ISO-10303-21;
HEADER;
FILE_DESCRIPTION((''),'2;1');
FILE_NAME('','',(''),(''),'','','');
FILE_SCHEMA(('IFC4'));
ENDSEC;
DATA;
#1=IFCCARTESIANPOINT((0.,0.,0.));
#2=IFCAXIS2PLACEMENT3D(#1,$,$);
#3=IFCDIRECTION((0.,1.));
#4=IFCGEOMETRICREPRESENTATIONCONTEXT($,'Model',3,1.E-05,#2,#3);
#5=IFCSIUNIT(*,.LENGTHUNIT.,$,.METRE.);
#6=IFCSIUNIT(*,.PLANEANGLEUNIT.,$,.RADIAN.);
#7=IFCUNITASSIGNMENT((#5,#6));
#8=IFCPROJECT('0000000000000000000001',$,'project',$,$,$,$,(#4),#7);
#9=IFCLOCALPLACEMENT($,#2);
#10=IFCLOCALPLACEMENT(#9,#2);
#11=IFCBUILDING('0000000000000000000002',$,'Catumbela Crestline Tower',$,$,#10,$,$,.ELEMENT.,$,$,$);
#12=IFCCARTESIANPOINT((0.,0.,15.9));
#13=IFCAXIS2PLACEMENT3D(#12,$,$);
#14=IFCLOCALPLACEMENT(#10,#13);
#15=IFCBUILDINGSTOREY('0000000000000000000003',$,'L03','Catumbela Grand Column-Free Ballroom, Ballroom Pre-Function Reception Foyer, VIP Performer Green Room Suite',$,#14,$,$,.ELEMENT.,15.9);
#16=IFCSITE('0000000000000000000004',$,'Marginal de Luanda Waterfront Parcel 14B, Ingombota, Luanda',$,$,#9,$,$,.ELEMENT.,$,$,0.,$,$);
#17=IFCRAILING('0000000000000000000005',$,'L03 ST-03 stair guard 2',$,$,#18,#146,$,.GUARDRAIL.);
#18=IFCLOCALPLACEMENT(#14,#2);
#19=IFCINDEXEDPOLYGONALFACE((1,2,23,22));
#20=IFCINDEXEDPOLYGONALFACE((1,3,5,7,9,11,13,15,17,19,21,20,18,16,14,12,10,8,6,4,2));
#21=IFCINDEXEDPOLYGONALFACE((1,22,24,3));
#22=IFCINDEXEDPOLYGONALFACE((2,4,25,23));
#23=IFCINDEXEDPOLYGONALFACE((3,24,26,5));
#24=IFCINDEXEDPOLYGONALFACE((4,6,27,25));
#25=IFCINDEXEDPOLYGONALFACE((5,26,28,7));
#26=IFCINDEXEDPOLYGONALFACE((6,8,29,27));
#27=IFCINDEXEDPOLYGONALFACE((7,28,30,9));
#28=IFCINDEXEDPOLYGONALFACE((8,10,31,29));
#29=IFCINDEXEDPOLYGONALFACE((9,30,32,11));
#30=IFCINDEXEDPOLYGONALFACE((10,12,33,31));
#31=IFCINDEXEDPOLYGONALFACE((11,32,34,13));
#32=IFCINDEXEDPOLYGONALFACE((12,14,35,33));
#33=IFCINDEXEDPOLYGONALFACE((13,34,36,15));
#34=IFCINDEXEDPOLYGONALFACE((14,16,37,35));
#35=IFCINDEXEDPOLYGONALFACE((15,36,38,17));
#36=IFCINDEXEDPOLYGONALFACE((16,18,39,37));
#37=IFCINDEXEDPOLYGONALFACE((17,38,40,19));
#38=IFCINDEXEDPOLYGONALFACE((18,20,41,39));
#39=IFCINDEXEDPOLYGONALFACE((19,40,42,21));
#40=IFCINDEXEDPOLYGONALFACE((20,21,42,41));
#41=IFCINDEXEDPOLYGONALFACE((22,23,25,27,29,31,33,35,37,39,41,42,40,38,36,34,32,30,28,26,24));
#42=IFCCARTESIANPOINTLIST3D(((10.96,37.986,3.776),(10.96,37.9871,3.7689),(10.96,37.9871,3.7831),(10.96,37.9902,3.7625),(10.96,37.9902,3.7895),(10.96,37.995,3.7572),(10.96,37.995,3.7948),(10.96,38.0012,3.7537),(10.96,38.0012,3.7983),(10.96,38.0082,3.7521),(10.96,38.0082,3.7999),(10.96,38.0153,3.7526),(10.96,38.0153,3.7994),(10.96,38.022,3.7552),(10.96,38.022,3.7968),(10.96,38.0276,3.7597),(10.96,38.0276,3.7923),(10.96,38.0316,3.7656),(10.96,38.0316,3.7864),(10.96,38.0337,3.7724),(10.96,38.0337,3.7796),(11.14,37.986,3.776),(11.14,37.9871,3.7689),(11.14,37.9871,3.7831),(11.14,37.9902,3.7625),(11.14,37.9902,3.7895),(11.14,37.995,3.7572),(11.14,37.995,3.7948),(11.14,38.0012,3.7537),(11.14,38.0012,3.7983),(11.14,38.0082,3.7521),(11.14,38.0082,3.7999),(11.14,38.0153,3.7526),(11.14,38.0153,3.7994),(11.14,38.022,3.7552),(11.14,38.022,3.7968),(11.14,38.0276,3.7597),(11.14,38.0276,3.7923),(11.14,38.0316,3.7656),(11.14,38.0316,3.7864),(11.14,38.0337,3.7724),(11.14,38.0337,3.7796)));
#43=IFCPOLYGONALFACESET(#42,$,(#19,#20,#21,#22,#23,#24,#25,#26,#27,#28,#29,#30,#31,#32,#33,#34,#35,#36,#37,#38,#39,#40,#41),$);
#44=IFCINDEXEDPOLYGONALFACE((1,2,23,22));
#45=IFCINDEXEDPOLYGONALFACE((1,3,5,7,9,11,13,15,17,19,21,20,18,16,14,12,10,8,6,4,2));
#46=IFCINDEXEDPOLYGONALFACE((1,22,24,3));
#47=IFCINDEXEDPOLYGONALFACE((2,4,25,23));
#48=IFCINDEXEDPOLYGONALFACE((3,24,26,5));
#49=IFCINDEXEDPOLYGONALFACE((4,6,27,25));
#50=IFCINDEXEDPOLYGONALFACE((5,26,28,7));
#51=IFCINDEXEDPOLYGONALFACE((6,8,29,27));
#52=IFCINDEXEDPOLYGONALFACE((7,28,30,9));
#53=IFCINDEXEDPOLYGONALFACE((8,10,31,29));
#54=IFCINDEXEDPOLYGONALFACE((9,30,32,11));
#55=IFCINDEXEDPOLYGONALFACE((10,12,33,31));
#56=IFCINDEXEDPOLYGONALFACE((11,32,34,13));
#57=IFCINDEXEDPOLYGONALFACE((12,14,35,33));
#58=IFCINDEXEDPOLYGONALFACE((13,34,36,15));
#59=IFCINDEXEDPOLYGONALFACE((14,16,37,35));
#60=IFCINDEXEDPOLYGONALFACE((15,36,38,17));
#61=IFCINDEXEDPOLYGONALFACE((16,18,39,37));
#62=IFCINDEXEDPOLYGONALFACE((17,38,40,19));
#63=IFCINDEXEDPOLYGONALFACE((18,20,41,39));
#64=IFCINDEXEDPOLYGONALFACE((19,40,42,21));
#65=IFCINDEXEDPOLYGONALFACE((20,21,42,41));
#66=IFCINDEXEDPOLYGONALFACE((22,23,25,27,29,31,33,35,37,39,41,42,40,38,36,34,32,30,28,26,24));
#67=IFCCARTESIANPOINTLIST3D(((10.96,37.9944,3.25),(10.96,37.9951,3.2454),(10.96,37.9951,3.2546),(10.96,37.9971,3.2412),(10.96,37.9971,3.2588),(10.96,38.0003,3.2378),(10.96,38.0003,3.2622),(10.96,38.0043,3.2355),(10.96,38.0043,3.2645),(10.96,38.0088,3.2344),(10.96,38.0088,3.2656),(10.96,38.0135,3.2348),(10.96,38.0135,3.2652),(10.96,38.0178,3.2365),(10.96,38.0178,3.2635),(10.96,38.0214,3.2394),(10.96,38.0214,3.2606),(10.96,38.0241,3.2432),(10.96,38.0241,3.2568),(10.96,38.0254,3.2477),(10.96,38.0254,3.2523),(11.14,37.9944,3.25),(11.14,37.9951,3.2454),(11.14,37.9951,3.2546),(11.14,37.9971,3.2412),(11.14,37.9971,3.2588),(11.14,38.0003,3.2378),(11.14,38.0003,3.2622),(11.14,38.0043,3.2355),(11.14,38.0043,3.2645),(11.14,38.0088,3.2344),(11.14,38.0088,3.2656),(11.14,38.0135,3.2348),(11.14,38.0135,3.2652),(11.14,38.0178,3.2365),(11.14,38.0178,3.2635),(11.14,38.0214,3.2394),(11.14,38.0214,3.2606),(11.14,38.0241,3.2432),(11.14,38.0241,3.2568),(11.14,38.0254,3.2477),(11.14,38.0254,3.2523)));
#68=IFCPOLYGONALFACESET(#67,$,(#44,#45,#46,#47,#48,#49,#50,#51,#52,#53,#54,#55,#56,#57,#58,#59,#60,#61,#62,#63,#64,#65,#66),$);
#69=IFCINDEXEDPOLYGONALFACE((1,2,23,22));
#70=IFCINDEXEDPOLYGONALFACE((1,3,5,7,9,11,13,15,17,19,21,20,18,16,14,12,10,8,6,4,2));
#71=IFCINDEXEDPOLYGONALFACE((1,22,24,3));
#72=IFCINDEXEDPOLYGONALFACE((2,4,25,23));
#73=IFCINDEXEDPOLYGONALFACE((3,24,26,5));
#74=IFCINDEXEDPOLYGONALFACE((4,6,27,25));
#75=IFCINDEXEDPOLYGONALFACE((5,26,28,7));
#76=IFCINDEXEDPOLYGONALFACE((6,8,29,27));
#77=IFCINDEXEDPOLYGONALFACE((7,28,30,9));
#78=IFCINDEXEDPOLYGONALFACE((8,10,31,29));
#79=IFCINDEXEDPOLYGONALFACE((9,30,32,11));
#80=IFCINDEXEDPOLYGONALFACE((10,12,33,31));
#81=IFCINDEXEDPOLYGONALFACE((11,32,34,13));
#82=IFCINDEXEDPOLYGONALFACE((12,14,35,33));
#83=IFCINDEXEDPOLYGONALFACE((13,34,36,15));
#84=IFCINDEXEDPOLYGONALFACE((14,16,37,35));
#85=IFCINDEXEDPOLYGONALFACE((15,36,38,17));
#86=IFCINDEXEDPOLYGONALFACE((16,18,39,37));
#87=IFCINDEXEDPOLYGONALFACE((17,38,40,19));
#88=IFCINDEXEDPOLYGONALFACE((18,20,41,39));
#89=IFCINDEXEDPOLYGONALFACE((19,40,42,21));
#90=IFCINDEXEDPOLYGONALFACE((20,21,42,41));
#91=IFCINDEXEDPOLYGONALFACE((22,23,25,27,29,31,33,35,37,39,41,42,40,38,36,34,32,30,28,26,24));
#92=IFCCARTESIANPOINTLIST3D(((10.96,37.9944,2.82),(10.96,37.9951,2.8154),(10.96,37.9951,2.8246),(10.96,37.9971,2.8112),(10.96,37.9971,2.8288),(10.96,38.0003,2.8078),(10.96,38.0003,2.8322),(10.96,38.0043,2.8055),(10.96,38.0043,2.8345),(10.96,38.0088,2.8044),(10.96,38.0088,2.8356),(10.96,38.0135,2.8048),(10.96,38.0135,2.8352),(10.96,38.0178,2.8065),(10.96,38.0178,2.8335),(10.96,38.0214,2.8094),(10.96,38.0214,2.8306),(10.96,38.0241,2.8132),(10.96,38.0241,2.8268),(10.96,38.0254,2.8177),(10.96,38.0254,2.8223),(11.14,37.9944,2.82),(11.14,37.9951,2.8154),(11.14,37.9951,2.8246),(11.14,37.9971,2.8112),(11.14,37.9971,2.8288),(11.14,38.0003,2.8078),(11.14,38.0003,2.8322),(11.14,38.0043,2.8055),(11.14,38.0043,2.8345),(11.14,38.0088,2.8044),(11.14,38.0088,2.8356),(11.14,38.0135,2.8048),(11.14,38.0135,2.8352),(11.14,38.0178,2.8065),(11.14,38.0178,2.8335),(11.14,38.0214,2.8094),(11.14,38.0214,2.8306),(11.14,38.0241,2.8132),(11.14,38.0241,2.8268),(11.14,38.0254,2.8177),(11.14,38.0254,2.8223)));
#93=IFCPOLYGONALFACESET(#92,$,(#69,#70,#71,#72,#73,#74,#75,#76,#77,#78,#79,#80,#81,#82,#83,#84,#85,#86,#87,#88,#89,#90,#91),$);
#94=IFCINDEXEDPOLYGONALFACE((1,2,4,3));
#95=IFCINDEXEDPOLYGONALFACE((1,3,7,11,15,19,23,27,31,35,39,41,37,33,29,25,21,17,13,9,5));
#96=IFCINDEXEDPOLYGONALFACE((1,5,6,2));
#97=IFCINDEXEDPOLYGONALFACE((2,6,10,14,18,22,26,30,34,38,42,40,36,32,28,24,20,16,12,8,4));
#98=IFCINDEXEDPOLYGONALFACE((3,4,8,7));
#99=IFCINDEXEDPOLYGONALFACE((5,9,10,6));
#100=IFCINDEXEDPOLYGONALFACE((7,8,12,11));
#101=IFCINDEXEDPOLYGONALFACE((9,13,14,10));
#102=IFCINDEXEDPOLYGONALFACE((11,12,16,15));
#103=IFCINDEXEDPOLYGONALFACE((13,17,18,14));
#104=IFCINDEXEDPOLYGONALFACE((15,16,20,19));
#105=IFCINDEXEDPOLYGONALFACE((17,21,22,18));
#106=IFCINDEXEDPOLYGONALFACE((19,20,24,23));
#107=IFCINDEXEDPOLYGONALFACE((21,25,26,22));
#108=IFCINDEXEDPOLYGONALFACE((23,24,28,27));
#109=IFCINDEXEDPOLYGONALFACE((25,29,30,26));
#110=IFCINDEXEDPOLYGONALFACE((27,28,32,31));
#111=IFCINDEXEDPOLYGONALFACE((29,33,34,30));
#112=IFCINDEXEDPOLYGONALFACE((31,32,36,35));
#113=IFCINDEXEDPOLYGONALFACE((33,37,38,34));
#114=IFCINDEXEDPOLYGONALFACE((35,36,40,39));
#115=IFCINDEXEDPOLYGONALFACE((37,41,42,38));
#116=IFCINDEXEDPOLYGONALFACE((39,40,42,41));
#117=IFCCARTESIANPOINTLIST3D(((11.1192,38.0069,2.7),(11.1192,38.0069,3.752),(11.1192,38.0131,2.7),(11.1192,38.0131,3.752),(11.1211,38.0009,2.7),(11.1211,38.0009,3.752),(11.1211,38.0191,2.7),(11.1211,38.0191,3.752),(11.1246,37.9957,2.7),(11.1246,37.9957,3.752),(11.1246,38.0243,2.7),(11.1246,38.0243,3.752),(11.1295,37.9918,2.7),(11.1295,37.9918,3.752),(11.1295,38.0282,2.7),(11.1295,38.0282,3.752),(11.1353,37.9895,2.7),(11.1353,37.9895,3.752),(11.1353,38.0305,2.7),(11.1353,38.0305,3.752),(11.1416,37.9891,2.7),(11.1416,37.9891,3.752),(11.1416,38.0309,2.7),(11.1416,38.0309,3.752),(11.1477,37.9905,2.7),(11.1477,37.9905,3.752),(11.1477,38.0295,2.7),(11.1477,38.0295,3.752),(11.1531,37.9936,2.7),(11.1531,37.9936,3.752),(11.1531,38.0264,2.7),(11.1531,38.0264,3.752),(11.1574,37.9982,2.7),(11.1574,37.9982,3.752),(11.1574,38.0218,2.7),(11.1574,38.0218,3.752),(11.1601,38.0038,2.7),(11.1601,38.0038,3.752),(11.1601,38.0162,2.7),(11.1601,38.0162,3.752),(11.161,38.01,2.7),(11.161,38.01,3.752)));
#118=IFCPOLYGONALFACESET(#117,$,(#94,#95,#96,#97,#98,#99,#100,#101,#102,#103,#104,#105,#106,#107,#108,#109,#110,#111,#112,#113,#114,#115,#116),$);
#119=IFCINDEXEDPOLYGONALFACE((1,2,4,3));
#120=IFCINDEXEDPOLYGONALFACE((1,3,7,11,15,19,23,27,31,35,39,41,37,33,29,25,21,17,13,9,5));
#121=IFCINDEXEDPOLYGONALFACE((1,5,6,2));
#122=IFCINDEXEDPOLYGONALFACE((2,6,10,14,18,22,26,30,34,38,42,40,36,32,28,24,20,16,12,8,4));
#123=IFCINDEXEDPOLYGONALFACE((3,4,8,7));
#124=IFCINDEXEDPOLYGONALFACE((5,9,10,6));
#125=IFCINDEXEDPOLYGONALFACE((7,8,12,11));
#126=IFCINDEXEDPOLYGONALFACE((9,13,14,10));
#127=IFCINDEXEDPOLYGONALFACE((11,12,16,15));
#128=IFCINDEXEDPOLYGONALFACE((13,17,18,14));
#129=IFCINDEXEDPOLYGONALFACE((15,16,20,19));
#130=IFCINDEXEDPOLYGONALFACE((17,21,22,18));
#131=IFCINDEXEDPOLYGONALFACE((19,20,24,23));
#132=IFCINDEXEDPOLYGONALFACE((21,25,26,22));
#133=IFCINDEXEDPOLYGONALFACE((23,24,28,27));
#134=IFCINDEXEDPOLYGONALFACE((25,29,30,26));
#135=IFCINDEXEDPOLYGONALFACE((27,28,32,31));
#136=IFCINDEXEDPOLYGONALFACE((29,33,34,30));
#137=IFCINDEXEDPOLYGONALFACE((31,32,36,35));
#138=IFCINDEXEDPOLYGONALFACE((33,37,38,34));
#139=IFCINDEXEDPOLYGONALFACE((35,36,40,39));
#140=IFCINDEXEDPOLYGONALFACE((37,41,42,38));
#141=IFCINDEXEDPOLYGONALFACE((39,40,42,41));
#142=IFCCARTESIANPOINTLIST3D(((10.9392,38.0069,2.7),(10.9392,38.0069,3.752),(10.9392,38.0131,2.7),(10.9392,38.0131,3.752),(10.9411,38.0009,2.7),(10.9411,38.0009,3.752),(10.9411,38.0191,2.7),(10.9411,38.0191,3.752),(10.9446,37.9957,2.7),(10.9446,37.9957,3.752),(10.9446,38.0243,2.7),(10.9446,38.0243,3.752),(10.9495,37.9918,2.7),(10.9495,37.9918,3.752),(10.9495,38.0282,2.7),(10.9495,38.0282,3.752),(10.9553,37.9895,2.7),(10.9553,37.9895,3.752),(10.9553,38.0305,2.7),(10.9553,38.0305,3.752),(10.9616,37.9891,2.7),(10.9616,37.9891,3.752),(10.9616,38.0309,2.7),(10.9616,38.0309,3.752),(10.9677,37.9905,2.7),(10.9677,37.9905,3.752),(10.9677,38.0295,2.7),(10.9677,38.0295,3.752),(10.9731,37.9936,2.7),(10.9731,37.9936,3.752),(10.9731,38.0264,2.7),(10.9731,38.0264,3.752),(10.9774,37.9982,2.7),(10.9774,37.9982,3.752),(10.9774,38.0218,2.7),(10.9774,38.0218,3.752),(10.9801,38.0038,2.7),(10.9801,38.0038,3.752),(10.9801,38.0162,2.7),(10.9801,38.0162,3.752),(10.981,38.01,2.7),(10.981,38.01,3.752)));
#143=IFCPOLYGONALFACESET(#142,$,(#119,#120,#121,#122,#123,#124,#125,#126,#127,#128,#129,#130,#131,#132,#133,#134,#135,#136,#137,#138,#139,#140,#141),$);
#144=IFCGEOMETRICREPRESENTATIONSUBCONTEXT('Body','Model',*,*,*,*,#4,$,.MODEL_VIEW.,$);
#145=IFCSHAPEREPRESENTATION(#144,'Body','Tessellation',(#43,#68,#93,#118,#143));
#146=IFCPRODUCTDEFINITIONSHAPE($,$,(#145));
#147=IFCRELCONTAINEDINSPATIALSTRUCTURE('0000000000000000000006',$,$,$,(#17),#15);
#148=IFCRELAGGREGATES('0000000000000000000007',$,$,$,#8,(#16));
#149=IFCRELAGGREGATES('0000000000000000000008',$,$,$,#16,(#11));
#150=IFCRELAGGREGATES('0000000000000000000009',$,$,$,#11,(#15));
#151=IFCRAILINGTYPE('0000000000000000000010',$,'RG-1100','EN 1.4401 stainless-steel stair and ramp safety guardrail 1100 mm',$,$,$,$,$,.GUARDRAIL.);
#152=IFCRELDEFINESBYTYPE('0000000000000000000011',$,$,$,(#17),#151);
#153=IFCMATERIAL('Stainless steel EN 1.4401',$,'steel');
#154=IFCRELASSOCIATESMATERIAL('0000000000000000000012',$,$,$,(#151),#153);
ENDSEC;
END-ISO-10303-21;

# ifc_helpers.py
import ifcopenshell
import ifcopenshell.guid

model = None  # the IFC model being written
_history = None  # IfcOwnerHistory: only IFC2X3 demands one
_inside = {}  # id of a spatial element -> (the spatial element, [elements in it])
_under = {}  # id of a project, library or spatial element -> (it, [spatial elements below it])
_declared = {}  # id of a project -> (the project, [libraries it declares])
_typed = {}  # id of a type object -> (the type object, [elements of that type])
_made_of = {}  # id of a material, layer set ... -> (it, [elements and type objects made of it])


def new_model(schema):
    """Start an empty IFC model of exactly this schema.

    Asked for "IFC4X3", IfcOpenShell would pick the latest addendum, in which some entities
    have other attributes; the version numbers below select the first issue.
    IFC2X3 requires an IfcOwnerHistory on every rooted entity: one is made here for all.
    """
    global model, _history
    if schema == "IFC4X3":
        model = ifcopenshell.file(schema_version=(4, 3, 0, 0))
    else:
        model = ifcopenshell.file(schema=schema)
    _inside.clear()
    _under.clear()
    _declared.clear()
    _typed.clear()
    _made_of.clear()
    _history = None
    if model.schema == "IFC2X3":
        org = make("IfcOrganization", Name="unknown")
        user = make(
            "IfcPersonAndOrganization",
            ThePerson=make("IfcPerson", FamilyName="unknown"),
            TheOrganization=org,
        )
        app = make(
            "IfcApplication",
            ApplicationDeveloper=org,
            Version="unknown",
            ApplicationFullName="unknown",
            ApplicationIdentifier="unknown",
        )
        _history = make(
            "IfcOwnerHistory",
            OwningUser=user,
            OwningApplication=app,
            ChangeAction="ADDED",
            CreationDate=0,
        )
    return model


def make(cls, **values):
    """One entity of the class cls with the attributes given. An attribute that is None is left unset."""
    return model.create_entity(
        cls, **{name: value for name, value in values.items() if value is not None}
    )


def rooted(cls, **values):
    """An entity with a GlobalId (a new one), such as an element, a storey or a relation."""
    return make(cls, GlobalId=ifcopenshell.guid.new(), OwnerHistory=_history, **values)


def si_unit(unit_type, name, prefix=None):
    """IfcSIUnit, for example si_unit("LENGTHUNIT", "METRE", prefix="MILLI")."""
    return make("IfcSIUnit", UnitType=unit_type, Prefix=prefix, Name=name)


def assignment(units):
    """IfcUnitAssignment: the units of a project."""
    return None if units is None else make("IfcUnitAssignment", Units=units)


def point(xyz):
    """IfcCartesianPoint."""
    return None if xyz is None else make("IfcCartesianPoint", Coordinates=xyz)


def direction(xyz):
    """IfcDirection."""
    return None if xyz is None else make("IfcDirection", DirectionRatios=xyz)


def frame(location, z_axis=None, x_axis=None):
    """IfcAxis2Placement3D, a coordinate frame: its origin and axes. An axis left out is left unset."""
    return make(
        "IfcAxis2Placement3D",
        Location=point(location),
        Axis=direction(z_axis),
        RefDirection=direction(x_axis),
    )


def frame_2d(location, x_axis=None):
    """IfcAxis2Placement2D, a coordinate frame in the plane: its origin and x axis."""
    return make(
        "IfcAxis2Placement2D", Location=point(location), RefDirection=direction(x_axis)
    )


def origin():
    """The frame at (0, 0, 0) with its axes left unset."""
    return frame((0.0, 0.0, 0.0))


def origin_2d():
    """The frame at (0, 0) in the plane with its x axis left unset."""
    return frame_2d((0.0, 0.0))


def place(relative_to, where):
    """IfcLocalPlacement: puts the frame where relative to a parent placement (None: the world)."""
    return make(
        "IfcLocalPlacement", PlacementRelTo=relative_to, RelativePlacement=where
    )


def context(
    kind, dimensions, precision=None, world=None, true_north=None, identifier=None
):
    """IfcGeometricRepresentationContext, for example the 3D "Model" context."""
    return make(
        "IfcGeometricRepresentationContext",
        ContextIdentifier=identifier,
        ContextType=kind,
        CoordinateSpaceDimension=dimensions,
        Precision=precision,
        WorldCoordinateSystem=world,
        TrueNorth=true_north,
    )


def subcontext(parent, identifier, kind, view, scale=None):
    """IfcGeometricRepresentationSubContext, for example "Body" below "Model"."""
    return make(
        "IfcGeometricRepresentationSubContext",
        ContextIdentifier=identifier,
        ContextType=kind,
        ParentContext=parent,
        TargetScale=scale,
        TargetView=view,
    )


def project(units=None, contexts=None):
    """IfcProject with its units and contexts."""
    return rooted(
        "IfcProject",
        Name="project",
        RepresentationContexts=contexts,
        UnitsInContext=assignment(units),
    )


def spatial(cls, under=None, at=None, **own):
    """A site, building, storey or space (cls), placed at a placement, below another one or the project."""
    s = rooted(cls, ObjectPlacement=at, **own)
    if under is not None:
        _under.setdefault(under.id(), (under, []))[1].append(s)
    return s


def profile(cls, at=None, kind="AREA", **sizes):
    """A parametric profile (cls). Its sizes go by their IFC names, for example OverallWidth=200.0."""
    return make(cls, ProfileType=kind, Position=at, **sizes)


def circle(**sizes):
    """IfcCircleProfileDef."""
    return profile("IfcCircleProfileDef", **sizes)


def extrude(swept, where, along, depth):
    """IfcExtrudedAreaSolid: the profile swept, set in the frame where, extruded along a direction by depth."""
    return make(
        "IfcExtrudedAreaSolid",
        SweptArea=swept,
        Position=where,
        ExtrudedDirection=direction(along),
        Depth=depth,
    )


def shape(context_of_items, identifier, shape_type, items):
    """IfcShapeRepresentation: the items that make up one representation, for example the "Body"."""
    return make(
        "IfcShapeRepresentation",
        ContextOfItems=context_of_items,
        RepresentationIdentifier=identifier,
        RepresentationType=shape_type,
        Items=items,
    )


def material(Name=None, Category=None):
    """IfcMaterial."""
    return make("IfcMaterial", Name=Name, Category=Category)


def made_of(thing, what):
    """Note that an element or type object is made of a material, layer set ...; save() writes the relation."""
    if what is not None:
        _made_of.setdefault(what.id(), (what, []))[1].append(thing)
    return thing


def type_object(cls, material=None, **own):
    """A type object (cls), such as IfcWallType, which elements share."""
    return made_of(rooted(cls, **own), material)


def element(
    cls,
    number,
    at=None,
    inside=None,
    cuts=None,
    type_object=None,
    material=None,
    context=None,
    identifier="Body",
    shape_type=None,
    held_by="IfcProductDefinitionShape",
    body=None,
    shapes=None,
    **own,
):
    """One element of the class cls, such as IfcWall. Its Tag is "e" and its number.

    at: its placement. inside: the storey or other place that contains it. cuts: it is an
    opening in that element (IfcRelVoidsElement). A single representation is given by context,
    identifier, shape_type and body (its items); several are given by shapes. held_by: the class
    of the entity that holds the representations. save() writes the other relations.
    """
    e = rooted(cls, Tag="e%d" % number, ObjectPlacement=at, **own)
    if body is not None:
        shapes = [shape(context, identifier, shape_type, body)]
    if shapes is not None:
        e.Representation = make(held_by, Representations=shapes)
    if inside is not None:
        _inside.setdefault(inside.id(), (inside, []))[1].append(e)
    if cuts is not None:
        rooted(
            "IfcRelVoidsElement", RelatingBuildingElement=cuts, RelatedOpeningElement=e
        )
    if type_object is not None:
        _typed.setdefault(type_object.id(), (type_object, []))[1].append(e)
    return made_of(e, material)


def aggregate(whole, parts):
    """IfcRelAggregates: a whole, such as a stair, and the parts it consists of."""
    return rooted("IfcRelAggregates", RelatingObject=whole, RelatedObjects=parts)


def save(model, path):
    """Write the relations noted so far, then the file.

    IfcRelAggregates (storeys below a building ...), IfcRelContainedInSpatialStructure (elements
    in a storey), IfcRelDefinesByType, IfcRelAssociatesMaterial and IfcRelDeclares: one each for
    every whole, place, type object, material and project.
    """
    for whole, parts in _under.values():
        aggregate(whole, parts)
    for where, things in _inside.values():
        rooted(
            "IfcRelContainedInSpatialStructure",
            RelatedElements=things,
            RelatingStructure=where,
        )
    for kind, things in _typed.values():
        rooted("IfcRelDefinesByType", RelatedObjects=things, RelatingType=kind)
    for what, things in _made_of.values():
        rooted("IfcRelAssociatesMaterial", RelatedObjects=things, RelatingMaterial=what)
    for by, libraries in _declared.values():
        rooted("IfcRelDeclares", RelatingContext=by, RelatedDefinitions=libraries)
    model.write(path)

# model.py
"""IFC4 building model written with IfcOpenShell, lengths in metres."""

from ifc_helpers import new_model, si_unit, direction, frame, origin, origin_2d, place, context, subcontext, project, spatial, circle, extrude, material, type_object, element, save


model = new_model("IFC4")

# Units and contexts
model_context = context("Model", 3, precision=1e-05, world=origin(), true_north=direction((0.0, 1.0)))
body_context = subcontext(model_context, "Body", "Model", "MODEL_VIEW")
ifc_project = project(units=[si_unit("LENGTHUNIT", "METRE"), si_unit("PLANEANGLEUNIT", "RADIAN")], contexts=[model_context])

# Site, building, storey
site_placement = place(None, origin())
site = spatial("IfcSite", under=ifc_project, at=site_placement, Name="Marginal de Luanda Waterfront Parcel 14B, Ingombota, Luanda", CompositionType="ELEMENT", RefElevation=0.0)
building_placement = place(site_placement, origin())
building = spatial("IfcBuilding", under=site, at=building_placement, Name="Catumbela Crestline Tower", CompositionType="ELEMENT")
storey_placement = place(building_placement, frame((0.0, 0.0, 15.9)))
storey = spatial("IfcBuildingStorey", under=building, at=storey_placement, Name="L03", Description="Catumbela Grand Column-Free Ballroom, Ballroom Pre-Function Reception Foyer, VIP Performer Green Room Suite", CompositionType="ELEMENT", Elevation=15.9)

# Shared definitions
ifc_material_1 = material(Name="Stainless steel EN 1.4401", Category="steel")

# Railing
railing_type_1 = type_object("IfcRailingType", Name="RG-1100", Description="EN 1.4401 stainless-steel stair and ramp safety guardrail 1100 mm", PredefinedType="GUARDRAIL", material=ifc_material_1)
railing_1_placement = place(storey_placement, frame((11.14, 38.01, 2.7)))
element("IfcRailing", 1, at=railing_1_placement, inside=storey, type_object=railing_type_1, Name="L03 ST-03 stair guard 2", PredefinedType="GUARDRAIL", context=body_context, shape_type="SweptSolid", body=[
    extrude(circle(Radius=0.024, at=origin_2d()), frame((0.0, 0.0, 1.076), z_axis=(-1.0, 0.0, 0.0), x_axis=(0.0, -1.0, 0.0)), (0.0, 0.0, 1.0), 0.18),
    extrude(circle(Radius=0.0156, at=origin_2d()), frame((0.0, 0.0, 0.55), z_axis=(-1.0, 0.0, 0.0), x_axis=(0.0, -1.0, 0.0)), (0.0, 0.0, 1.0), 0.18),
    extrude(circle(Radius=0.0156, at=origin_2d()), frame((0.0, 0.0, 0.12), z_axis=(-1.0, 0.0, 0.0), x_axis=(0.0, -1.0, 0.0)), (0.0, 0.0, 1.0), 0.18),
    extrude(circle(Radius=0.021, at=origin_2d()), origin(), (0.0, 0.0, 1.0), 1.052),
    extrude(circle(Radius=0.021, at=origin_2d()), frame((-0.18, 0.0, 0.0)), (0.0, 0.0, 1.0), 1.052),
])

save(model, "model.ifc")
